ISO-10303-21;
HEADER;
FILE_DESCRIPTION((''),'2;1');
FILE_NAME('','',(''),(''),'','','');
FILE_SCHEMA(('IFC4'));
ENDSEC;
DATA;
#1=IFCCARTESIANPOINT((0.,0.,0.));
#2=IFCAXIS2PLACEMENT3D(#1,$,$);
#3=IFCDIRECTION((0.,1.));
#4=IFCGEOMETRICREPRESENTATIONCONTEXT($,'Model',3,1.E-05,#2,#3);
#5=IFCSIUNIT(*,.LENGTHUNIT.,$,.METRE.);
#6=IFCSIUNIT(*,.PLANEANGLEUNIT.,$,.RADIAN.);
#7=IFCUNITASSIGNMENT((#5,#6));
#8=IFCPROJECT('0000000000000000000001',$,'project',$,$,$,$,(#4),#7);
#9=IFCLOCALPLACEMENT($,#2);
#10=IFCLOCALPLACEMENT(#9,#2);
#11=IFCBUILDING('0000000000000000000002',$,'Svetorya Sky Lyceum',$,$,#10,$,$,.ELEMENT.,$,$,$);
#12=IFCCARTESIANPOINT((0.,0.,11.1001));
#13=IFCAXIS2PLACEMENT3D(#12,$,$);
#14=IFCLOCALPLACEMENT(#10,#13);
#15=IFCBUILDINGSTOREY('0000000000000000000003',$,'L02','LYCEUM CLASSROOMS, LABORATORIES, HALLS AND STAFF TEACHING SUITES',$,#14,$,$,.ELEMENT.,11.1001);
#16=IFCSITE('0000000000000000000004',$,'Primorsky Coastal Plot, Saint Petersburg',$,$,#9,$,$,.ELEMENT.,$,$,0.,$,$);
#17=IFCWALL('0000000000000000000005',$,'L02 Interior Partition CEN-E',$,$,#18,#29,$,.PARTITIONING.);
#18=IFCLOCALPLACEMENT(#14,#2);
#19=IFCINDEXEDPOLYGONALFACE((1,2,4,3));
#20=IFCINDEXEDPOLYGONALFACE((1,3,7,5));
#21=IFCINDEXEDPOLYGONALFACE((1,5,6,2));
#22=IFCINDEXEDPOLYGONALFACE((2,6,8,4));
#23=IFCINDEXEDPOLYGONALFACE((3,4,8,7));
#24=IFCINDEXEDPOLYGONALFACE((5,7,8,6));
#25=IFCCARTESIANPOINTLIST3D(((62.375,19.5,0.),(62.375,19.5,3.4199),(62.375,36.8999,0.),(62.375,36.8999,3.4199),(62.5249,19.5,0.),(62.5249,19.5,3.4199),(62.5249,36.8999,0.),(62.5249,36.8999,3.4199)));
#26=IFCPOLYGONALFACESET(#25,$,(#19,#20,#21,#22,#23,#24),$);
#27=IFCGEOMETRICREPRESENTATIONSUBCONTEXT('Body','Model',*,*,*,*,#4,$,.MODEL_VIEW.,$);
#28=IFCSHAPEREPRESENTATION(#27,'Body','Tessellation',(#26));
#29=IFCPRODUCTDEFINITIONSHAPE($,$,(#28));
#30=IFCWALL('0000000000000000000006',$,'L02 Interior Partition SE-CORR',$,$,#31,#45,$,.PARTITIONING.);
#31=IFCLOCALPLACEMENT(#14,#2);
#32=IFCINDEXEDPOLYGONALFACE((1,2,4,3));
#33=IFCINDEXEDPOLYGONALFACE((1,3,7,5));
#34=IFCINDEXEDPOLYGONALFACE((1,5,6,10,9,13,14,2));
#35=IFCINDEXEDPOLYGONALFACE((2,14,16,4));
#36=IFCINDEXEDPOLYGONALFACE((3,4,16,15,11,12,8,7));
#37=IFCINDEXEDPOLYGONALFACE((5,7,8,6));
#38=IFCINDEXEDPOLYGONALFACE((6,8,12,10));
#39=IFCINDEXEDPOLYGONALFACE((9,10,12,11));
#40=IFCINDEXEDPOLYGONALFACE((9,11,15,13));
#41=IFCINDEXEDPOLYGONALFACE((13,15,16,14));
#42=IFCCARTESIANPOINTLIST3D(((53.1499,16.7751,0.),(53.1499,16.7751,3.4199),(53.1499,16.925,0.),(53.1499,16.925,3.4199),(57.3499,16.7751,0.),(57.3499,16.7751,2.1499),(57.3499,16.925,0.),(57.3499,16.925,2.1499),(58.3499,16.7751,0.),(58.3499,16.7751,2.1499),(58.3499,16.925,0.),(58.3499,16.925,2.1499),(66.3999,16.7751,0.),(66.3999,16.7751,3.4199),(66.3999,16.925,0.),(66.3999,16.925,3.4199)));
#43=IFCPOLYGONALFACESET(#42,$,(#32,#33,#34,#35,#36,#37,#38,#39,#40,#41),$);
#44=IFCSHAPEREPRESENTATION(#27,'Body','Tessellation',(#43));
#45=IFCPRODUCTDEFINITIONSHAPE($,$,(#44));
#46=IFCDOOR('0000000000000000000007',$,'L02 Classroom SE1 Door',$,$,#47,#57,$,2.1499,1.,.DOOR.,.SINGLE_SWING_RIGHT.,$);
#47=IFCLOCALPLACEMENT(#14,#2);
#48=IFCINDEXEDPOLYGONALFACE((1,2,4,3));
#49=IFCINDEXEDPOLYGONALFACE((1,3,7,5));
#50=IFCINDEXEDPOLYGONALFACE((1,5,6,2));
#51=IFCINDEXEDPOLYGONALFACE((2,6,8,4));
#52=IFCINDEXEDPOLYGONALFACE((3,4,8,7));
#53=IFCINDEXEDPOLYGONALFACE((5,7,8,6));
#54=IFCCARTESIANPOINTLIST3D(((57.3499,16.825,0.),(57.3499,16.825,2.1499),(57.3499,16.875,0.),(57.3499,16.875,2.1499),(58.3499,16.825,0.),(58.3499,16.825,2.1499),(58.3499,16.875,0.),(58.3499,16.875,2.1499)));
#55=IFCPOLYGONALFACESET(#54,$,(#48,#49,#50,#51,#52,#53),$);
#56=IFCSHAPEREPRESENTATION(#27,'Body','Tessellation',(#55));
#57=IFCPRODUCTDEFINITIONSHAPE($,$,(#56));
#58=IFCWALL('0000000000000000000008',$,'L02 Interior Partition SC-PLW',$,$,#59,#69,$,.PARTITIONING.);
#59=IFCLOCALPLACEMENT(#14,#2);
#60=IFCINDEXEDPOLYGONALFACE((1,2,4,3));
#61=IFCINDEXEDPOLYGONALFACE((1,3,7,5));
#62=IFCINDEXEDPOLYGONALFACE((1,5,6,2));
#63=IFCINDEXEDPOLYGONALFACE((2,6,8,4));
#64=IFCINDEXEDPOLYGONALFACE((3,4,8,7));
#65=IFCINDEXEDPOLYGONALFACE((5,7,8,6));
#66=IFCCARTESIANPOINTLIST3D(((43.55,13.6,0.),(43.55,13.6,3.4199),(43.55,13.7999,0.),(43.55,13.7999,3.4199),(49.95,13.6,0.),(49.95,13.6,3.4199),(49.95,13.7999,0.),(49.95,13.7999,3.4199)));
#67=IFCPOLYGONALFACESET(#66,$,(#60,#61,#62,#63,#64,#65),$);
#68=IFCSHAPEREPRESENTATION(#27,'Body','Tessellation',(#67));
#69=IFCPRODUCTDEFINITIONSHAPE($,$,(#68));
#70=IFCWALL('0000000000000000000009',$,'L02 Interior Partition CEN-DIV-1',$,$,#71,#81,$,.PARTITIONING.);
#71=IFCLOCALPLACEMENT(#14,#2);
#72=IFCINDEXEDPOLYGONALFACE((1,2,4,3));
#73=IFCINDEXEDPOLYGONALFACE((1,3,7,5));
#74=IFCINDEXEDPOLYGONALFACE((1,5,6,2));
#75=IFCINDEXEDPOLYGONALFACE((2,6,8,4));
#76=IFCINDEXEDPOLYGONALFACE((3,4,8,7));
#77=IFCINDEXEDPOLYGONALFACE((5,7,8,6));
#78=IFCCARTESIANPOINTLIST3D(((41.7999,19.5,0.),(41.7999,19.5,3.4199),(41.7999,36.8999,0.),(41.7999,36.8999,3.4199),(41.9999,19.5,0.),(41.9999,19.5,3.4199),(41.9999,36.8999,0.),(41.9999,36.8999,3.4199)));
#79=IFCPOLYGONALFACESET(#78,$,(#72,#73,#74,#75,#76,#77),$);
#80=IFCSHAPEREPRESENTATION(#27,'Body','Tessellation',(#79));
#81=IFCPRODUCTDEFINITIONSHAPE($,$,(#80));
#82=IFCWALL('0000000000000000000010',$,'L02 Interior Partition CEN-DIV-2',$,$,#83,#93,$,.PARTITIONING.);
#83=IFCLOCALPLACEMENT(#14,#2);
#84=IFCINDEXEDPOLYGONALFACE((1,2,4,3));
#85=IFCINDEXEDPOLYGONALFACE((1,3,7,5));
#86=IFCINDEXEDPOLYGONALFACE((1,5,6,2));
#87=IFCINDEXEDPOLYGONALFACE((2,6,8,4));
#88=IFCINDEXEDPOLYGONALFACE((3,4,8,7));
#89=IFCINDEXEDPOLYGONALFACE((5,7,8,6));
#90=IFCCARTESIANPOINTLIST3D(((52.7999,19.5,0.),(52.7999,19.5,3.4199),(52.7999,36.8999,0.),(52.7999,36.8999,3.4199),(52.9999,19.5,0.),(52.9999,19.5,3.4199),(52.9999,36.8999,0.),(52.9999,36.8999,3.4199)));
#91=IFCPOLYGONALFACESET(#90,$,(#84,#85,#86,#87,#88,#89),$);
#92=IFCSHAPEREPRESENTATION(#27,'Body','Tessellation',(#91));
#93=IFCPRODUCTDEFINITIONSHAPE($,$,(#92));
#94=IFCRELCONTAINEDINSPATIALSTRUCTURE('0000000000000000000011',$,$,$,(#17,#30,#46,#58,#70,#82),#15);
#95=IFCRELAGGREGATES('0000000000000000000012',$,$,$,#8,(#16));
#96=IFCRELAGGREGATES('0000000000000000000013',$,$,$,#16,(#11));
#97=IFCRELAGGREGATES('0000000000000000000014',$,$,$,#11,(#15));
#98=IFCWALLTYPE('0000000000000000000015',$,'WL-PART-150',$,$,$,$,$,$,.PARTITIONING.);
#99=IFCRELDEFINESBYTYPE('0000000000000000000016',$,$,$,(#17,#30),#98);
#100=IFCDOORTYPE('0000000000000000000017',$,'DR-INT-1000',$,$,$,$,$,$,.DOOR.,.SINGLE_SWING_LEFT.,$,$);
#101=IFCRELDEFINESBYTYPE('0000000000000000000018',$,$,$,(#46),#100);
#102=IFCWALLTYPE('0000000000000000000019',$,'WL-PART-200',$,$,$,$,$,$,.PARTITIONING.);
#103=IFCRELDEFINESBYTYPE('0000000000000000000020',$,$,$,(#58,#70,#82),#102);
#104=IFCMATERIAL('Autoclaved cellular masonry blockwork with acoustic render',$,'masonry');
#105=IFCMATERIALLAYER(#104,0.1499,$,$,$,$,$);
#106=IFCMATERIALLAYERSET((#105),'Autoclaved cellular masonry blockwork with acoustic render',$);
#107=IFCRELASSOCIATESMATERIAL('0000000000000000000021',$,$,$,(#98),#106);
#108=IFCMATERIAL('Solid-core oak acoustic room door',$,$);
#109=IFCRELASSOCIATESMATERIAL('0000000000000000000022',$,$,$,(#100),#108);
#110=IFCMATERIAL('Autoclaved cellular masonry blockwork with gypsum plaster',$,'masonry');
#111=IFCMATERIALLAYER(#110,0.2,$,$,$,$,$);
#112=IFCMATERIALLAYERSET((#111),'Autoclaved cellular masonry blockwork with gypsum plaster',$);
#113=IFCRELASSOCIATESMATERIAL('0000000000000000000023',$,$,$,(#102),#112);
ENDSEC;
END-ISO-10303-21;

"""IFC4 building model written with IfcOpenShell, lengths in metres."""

from ifc_helpers import new_model, si_unit, direction, frame, frame_2d, origin, place, context, subcontext, project, spatial, rectangle, extrude, material, layer, layer_set, type_object, element, fill, save


model = new_model("IFC4")

# Units and contexts
model_context = context("Model", 3, precision=1e-05, world=origin(), true_north=direction((0.0, 1.0)))
body_context = subcontext(model_context, "Body", "Model", "MODEL_VIEW")
ifc_project = project(units=[si_unit("LENGTHUNIT", "METRE"), si_unit("PLANEANGLEUNIT", "RADIAN")], contexts=[model_context])

# Site, building, storey
site_placement = place(None, origin())
site = spatial("IfcSite", under=ifc_project, at=site_placement, Name="Primorsky Coastal Plot, Saint Petersburg", CompositionType="ELEMENT", RefElevation=0.0)
building_placement = place(site_placement, origin())
building = spatial("IfcBuilding", under=site, at=building_placement, Name="Svetorya Sky Lyceum", CompositionType="ELEMENT")
storey_placement = place(building_placement, frame((0.0, 0.0, 11.1001)))
storey = spatial("IfcBuildingStorey", under=building, at=storey_placement, Name="L02", Description="LYCEUM CLASSROOMS, LABORATORIES, HALLS AND STAFF TEACHING SUITES", CompositionType="ELEMENT", Elevation=11.1001)

# Wall
ifc_material_1 = material(Name="Autoclaved cellular masonry blockwork with acoustic render", Category="masonry")
ifc_layer_1 = layer(ifc_material_1, 0.1499)
ifc_layer_set_1 = layer_set([ifc_layer_1], Name="Autoclaved cellular masonry blockwork with acoustic render")
wall_type_1 = type_object("IfcWallType", Name="WL-PART-150", PredefinedType="PARTITIONING", material=ifc_layer_set_1)
wall_1_placement = place(storey_placement, frame((62.45, 19.5, 0.0), z_axis=(0.0, 0.0, 1.0), x_axis=(0.0, 1.0, 0.0)))
element("IfcWall", 1, at=wall_1_placement, inside=storey, type_object=wall_type_1, Name="L02 Interior Partition CEN-E", PredefinedType="PARTITIONING", context=body_context, shape_type="SweptSolid", body=[
    extrude(rectangle(XDim=17.3999, YDim=0.1499, at=frame_2d((8.7, 0.0))), origin(), (0.0, 0.0, 1.0), 3.4199),
])

# Wall, opening, door
wall_2_placement = place(storey_placement, frame((53.1499, 16.8501, 0.0), z_axis=(0.0, 0.0, 1.0), x_axis=(1.0, 0.0, 0.0)))
wall_2 = element("IfcWall", 2, at=wall_2_placement, inside=storey, type_object=wall_type_1, Name="L02 Interior Partition SE-CORR", PredefinedType="PARTITIONING", context=body_context, shape_type="SweptSolid", body=[
    extrude(rectangle(XDim=13.25, YDim=0.1499, at=frame_2d((6.625, 0.0))), origin(), (0.0, 0.0, 1.0), 3.4199),
])
opening_1_placement = place(wall_2_placement, frame((4.2, 0.0, 0.0)))
opening_1 = element("IfcOpeningElement", 3, at=opening_1_placement, cuts=wall_2, PredefinedType="OPENING", context=body_context, shape_type="SweptSolid", body=[
    extrude(rectangle(XDim=1.0, YDim=2.1499, at=frame_2d((0.5, 1.075))), frame((0.0, 0.085, 0.0), z_axis=(0.0, -1.0, 0.0), x_axis=(1.0, 0.0, 0.0)), (0.0, 0.0, 1.0), 0.1699),
])
ifc_material_2 = material(Name="Solid-core oak acoustic room door")
door_type_1 = type_object("IfcDoorType", Name="DR-INT-1000", OperationType="SINGLE_SWING_LEFT", PredefinedType="DOOR", material=ifc_material_2)
door_1_placement = place(opening_1_placement, origin())
door_1 = element("IfcDoor", 4, at=door_1_placement, inside=storey, type_object=door_type_1, Name="L02 Classroom SE1 Door", OperationType="SINGLE_SWING_RIGHT", OverallHeight=2.1499, OverallWidth=1.0, PredefinedType="DOOR", context=body_context, shape_type="SweptSolid", body=[
    extrude(rectangle(XDim=1.0, YDim=2.1499, at=frame_2d((0.5, 1.075))), frame((0.0, 0.0249, 0.0), z_axis=(0.0, -1.0, 0.0), x_axis=(1.0, 0.0, 0.0)), (0.0, 0.0, 1.0), 0.05),
])
fill(opening_1, door_1)

# Shared definitions
ifc_material_3 = material(Name="Autoclaved cellular masonry blockwork with gypsum plaster", Category="masonry")
ifc_layer_2 = layer(ifc_material_3, 0.2)
ifc_layer_set_2 = layer_set([ifc_layer_2], Name="Autoclaved cellular masonry blockwork with gypsum plaster")
wall_type_2 = type_object("IfcWallType", Name="WL-PART-200", PredefinedType="PARTITIONING", material=ifc_layer_set_2)

# Walls
wall_3_placement = place(storey_placement, frame((43.55, 13.7, 0.0), z_axis=(0.0, 0.0, 1.0), x_axis=(1.0, 0.0, 0.0)))
element("IfcWall", 5, at=wall_3_placement, inside=storey, type_object=wall_type_2, Name="L02 Interior Partition SC-PLW", PredefinedType="PARTITIONING", context=body_context, shape_type="SweptSolid", body=[
    extrude(rectangle(XDim=6.3999, YDim=0.2, at=frame_2d((3.2, 0.0))), origin(), (0.0, 0.0, 1.0), 3.4199),
])
for number, where, z_axis, x_axis, name in (
    (6, (41.8999, 19.5, 0.0), (0.0, 0.0, 1.0), (0.0, 1.0, 0.0), "L02 Interior Partition CEN-DIV-1"),
    (7, (52.8999, 19.5, 0.0), (0.0, 0.0, 1.0), (0.0, 1.0, 0.0), "L02 Interior Partition CEN-DIV-2"),
):
    element("IfcWall", number, at=place(storey_placement, frame(where, z_axis=z_axis, x_axis=x_axis)), inside=storey, type_object=wall_type_2, Name=name, PredefinedType="PARTITIONING", context=body_context, shape_type="SweptSolid", body=[
        extrude(rectangle(XDim=17.3999, YDim=0.2, at=frame_2d((8.7, 0.0))), origin(), (0.0, 0.0, 1.0), 3.4199),
    ])

save(model, "model.ifc")
